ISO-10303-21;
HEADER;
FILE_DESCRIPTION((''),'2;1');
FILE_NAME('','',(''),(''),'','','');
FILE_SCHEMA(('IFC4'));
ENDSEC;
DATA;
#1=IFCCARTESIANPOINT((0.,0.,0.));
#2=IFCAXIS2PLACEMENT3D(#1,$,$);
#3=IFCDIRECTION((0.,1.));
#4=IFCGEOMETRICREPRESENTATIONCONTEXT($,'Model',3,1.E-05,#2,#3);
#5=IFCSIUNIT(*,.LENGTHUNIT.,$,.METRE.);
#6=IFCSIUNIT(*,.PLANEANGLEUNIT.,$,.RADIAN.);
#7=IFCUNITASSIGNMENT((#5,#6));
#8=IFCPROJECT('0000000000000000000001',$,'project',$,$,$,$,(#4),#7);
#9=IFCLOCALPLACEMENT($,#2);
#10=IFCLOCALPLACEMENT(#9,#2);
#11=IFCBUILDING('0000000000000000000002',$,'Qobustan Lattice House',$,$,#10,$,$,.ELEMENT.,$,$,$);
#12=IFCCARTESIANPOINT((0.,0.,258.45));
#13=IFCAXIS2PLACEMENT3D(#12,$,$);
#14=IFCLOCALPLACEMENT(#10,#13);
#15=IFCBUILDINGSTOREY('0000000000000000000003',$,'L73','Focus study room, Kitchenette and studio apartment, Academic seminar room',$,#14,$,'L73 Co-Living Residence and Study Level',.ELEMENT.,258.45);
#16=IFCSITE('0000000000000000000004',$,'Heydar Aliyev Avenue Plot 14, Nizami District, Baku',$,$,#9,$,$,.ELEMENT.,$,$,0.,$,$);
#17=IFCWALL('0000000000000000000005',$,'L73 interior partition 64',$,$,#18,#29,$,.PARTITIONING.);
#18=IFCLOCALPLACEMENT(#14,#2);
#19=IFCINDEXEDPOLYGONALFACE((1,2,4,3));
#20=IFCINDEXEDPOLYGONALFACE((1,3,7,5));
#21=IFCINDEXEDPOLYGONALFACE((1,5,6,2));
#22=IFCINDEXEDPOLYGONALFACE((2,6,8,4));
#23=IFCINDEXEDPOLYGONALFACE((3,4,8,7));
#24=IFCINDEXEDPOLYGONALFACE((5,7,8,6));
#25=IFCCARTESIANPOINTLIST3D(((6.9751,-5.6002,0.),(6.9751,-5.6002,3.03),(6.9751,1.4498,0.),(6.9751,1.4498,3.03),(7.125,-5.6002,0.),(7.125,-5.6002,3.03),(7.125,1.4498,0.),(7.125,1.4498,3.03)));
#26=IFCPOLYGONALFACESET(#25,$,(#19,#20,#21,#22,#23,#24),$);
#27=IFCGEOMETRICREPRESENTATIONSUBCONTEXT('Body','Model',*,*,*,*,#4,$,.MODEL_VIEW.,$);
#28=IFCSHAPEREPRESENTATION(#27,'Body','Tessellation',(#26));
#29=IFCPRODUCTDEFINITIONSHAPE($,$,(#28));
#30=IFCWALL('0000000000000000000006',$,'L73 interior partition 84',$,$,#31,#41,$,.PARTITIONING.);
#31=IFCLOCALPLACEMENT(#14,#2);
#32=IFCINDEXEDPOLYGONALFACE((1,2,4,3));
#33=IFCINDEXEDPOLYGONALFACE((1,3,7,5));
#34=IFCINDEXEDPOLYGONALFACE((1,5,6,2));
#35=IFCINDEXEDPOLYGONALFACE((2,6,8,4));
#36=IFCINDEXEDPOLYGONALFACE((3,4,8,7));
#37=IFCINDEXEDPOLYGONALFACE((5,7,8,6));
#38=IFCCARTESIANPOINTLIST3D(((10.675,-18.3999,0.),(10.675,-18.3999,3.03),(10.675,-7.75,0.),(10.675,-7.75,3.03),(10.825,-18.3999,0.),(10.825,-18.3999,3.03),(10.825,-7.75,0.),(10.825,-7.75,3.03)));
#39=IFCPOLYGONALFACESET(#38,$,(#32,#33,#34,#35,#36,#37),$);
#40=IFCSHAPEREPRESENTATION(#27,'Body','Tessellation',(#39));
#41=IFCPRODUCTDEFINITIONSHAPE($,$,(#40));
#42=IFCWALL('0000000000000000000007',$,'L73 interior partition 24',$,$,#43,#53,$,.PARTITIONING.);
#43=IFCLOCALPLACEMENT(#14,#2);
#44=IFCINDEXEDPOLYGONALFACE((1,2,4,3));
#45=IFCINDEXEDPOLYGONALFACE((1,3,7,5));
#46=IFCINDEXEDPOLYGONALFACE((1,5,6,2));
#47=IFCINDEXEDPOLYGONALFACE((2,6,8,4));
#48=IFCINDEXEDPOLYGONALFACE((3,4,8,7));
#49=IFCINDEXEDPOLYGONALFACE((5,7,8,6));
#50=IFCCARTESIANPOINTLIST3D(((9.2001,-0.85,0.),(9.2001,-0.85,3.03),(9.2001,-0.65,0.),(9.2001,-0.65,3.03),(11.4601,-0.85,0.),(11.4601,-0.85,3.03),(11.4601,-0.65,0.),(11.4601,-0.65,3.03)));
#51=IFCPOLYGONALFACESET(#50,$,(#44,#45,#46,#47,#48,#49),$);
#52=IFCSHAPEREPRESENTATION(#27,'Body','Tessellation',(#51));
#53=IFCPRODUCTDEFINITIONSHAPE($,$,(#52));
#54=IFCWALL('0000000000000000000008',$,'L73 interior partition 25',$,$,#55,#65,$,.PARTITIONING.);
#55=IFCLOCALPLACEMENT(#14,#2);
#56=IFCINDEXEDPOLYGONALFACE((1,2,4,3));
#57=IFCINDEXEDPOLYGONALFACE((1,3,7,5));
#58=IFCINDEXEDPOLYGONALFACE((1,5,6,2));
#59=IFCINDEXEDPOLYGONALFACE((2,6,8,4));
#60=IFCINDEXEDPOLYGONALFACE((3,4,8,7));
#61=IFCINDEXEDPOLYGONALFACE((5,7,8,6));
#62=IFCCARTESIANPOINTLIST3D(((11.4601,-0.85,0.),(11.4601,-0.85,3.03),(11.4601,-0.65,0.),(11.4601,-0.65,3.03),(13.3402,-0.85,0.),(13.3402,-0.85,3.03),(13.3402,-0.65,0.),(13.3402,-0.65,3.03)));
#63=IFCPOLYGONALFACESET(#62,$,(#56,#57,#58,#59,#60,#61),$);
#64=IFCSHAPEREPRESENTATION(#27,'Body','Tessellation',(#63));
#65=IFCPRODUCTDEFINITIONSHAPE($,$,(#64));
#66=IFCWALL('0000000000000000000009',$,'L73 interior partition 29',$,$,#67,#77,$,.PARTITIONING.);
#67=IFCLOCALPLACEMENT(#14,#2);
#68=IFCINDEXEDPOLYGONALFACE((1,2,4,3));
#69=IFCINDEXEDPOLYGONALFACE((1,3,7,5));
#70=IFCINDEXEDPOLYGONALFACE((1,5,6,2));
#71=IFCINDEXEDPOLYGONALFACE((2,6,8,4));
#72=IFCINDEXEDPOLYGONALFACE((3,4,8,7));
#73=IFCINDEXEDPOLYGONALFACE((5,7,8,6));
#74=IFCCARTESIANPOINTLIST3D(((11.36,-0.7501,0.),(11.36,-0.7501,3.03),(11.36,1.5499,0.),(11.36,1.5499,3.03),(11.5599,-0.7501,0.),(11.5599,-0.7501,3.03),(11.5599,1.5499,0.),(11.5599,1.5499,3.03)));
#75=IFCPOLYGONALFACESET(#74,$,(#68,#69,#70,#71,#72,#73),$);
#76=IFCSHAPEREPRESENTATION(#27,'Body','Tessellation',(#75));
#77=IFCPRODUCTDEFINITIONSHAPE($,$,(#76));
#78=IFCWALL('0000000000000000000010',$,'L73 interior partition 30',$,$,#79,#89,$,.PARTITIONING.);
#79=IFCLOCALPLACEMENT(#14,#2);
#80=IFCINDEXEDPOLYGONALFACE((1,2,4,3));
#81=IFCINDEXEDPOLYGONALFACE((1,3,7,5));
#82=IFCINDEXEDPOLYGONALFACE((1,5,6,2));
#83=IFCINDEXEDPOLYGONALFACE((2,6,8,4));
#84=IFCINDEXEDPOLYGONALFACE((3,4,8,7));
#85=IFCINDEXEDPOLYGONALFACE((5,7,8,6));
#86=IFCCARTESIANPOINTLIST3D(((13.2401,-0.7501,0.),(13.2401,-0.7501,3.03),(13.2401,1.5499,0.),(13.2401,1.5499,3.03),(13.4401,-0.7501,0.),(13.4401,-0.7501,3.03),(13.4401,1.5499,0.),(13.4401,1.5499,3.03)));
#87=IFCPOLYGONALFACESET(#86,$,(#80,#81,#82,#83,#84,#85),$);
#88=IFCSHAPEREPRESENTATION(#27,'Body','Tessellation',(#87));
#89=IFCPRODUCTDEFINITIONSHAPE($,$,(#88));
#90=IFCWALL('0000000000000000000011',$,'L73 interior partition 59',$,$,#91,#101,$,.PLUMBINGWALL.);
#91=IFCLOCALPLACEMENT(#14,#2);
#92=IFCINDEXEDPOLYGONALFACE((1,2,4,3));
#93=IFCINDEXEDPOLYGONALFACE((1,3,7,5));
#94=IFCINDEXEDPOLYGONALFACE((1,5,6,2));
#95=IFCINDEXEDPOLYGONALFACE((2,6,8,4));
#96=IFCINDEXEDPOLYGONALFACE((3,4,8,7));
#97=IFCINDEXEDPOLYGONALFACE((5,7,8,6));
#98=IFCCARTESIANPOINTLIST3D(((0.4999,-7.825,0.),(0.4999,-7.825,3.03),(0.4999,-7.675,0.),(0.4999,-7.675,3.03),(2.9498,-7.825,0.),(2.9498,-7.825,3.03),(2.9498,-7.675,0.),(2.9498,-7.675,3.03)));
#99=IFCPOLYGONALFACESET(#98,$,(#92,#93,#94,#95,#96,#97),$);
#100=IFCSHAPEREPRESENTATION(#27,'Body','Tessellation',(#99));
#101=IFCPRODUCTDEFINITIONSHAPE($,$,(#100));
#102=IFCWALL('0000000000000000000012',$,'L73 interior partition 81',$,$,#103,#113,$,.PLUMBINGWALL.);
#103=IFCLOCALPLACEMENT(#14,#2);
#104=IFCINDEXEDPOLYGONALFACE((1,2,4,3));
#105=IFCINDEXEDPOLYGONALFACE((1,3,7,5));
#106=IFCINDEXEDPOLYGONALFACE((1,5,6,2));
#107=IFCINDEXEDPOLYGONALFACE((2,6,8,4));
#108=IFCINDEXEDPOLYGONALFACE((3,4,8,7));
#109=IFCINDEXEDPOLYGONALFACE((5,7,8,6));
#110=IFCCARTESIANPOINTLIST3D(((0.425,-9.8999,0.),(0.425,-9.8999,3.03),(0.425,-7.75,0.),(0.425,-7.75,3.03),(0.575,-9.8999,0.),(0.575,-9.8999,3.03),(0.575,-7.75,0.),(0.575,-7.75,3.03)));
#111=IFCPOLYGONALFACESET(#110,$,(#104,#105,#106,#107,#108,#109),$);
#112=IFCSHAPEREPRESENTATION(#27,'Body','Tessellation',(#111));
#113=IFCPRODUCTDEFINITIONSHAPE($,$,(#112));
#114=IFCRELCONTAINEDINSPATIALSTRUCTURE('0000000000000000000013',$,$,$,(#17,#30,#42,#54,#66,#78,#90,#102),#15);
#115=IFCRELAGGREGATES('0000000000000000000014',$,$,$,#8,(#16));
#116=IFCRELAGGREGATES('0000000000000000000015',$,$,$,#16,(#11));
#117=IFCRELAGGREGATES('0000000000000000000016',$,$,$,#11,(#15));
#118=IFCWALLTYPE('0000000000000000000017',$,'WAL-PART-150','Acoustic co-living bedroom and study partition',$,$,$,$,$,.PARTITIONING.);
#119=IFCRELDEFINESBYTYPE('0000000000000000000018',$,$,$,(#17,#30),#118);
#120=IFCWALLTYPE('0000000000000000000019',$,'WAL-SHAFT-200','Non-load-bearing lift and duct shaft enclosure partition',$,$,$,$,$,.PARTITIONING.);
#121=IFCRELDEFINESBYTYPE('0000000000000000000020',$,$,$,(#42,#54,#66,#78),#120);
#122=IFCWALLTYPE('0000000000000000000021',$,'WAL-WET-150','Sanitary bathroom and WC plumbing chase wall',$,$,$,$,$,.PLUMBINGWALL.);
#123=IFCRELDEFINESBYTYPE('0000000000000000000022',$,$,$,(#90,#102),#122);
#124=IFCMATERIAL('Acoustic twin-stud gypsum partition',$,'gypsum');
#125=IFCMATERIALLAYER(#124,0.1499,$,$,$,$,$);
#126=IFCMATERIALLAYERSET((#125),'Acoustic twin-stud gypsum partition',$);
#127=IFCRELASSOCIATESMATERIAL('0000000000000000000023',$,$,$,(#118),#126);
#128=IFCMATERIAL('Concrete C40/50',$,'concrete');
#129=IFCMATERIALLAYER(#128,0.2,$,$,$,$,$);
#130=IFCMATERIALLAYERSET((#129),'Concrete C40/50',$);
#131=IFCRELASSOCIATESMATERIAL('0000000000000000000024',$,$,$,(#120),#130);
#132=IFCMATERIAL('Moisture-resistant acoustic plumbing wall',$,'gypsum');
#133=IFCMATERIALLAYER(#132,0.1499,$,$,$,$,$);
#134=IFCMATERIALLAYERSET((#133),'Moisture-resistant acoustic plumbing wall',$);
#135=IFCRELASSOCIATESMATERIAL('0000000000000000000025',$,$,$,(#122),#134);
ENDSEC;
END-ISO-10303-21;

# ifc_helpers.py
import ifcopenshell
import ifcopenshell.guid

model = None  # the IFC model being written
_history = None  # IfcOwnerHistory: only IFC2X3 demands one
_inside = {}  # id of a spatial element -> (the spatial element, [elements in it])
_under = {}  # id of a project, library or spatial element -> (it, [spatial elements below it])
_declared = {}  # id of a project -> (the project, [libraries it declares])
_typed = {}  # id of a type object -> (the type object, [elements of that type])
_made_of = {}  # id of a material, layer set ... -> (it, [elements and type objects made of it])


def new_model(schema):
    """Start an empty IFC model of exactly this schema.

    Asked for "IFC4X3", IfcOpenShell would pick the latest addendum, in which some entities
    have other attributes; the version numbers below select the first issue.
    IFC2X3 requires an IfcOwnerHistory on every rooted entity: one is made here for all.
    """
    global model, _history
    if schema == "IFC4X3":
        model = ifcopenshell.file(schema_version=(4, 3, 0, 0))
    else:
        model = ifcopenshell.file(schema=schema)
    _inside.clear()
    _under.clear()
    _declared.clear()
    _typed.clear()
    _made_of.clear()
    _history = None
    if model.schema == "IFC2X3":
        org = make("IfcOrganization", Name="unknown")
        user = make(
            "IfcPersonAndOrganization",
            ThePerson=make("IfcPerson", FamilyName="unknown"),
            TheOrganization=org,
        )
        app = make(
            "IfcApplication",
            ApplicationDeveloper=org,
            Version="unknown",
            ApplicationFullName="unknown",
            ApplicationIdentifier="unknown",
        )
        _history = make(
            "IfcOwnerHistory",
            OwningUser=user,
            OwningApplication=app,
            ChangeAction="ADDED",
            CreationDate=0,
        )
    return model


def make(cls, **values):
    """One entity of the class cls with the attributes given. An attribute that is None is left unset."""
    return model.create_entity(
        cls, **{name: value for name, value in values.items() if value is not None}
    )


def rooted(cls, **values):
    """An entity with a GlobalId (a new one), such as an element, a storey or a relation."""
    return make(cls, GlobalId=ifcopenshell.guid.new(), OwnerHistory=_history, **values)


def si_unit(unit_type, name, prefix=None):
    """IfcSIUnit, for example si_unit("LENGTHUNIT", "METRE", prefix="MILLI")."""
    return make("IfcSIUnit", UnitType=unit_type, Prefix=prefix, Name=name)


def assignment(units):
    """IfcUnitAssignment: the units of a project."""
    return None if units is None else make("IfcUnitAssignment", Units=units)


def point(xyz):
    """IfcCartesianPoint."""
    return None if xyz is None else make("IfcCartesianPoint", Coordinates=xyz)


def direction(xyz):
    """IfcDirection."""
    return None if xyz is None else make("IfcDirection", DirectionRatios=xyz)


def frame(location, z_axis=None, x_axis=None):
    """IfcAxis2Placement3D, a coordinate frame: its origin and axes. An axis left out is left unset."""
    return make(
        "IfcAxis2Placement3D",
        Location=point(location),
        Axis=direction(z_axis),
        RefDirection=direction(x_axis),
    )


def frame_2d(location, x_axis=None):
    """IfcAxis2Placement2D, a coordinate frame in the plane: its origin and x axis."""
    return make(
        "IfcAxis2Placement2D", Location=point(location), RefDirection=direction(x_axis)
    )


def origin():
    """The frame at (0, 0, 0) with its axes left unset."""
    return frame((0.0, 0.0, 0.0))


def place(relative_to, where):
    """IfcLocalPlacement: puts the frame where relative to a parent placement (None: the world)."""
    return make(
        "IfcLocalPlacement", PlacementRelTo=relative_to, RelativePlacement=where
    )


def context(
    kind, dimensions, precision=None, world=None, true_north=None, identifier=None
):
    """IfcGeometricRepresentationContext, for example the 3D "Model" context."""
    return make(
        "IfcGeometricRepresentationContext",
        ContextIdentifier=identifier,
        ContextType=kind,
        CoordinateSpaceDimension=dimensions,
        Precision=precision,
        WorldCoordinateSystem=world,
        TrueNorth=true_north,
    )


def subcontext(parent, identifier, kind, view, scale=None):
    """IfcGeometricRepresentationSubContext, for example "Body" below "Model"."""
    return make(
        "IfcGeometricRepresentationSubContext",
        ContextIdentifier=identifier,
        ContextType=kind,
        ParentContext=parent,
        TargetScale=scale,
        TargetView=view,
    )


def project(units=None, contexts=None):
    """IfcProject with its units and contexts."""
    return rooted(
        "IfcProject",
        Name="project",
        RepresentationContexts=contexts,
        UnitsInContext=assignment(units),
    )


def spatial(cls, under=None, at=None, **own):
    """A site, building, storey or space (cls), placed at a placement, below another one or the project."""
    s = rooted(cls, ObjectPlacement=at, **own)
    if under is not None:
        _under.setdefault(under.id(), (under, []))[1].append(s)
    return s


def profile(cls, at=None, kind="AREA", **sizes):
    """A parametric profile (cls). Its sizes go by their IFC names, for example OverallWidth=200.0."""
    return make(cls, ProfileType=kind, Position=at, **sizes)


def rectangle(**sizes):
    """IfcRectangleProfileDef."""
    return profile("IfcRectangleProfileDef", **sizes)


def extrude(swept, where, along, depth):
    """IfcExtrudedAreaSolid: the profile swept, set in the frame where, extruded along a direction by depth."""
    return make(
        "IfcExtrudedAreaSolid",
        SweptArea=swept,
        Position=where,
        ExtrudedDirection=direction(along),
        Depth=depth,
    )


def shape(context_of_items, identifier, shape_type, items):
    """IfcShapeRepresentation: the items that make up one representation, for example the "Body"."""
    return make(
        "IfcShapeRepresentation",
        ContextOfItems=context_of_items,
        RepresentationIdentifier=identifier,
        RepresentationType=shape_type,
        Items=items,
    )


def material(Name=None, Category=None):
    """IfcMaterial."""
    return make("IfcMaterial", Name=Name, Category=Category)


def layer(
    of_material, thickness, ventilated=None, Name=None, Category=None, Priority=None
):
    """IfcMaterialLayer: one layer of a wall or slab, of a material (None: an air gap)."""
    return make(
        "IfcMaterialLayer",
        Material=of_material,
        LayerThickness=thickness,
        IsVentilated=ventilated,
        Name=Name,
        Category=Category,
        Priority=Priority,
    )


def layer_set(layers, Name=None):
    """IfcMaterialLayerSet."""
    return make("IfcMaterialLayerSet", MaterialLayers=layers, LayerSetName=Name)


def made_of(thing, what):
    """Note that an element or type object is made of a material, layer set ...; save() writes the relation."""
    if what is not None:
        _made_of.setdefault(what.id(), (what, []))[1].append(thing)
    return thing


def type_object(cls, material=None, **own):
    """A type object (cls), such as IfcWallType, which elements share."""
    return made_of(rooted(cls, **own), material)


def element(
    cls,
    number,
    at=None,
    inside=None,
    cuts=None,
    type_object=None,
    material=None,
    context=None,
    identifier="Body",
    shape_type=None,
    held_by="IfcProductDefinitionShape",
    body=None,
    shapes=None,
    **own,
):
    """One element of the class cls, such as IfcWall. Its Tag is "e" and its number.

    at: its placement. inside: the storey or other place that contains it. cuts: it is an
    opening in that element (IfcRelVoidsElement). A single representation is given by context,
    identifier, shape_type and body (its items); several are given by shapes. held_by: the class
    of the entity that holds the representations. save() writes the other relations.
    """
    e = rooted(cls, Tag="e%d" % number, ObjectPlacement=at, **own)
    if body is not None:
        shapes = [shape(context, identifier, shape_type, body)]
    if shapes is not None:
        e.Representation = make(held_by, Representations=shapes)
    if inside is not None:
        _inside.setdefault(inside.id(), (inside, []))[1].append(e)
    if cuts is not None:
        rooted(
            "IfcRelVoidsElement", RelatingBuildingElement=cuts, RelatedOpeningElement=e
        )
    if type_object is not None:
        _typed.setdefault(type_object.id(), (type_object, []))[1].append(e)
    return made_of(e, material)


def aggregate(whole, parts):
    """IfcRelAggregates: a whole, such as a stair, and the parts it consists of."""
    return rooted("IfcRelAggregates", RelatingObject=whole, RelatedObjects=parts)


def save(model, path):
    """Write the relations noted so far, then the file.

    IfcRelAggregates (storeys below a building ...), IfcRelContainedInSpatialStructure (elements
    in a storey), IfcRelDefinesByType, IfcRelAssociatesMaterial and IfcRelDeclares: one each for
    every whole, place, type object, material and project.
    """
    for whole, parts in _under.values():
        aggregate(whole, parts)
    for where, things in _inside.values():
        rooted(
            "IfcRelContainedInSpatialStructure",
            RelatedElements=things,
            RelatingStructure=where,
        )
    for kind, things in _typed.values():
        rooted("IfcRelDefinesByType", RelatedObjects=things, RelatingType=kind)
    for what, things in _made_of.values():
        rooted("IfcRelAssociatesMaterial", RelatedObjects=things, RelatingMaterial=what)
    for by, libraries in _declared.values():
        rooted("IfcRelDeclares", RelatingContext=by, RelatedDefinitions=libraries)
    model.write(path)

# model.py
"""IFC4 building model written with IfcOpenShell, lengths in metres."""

from ifc_helpers import new_model, si_unit, direction, frame, frame_2d, origin, place, context, subcontext, project, spatial, rectangle, extrude, material, layer, layer_set, type_object, element, save


model = new_model("IFC4")

# Units and contexts
model_context = context("Model", 3, precision=1e-05, world=origin(), true_north=direction((0.0, 1.0)))
body_context = subcontext(model_context, "Body", "Model", "MODEL_VIEW")
ifc_project = project(units=[si_unit("LENGTHUNIT", "METRE"), si_unit("PLANEANGLEUNIT", "RADIAN")], contexts=[model_context])

# Site, building, storey
site_placement = place(None, origin())
site = spatial("IfcSite", under=ifc_project, at=site_placement, Name="Heydar Aliyev Avenue Plot 14, Nizami District, Baku", CompositionType="ELEMENT", RefElevation=0.0)
building_placement = place(site_placement, origin())
building = spatial("IfcBuilding", under=site, at=building_placement, Name="Qobustan Lattice House", CompositionType="ELEMENT")
storey_placement = place(building_placement, frame((0.0, 0.0, 258.45)))
storey = spatial("IfcBuildingStorey", under=building, at=storey_placement, Name="L73", Description="Focus study room, Kitchenette and studio apartment, Academic seminar room", LongName="L73 Co-Living Residence and Study Level", CompositionType="ELEMENT", Elevation=258.45)

# Walls
ifc_material_1 = material(Name="Acoustic twin-stud gypsum partition", Category="gypsum")
ifc_layer_1 = layer(ifc_material_1, 0.1499)
ifc_layer_set_1 = layer_set([ifc_layer_1], Name="Acoustic twin-stud gypsum partition")
wall_type_1 = type_object("IfcWallType", Name="WAL-PART-150", Description="Acoustic co-living bedroom and study partition", PredefinedType="PARTITIONING", material=ifc_layer_set_1)
wall_1_placement = place(storey_placement, frame((7.05, -5.6001, 0.0), z_axis=(0.0, 0.0, 1.0), x_axis=(0.0, 1.0, 0.0)))
element("IfcWall", 1, at=wall_1_placement, inside=storey, type_object=wall_type_1, Name="L73 interior partition 64", PredefinedType="PARTITIONING", context=body_context, shape_type="SweptSolid", body=[
    extrude(rectangle(XDim=7.05, YDim=0.1499, at=frame_2d((3.5249, 0.0))), origin(), (0.0, 0.0, 1.0), 3.03),
])
wall_2_placement = place(storey_placement, frame((10.75, -7.75, 0.0), z_axis=(0.0, 0.0, 1.0), x_axis=(0.0, -1.0, 0.0)))
element("IfcWall", 2, at=wall_2_placement, inside=storey, type_object=wall_type_1, Name="L73 interior partition 84", PredefinedType="PARTITIONING", context=body_context, shape_type="SweptSolid", body=[
    extrude(rectangle(XDim=10.6499, YDim=0.1499, at=frame_2d((5.325, 0.0))), origin(), (0.0, 0.0, 1.0), 3.03),
])
ifc_material_2 = material(Name="Concrete C40/50", Category="concrete")
ifc_layer_2 = layer(ifc_material_2, 0.2)
ifc_layer_set_2 = layer_set([ifc_layer_2], Name="Concrete C40/50")
wall_type_2 = type_object("IfcWallType", Name="WAL-SHAFT-200", Description="Non-load-bearing lift and duct shaft enclosure partition", PredefinedType="PARTITIONING", material=ifc_layer_set_2)
wall_3_placement = place(storey_placement, frame((11.46, -0.75, 0.0), z_axis=(0.0, 0.0, 1.0), x_axis=(-1.0, 0.0, 0.0)))
element("IfcWall", 3, at=wall_3_placement, inside=storey, type_object=wall_type_2, Name="L73 interior partition 24", PredefinedType="PARTITIONING", context=body_context, shape_type="SweptSolid", body=[
    extrude(rectangle(XDim=2.26, YDim=0.2, at=frame_2d((1.1299, 0.0))), origin(), (0.0, 0.0, 1.0), 3.03),
])
wall_4_placement = place(storey_placement, frame((13.3401, -0.75, 0.0), z_axis=(0.0, 0.0, 1.0), x_axis=(-1.0, 0.0, 0.0)))
element("IfcWall", 4, at=wall_4_placement, inside=storey, type_object=wall_type_2, Name="L73 interior partition 25", PredefinedType="PARTITIONING", context=body_context, shape_type="SweptSolid", body=[
    extrude(rectangle(XDim=1.8801, YDim=0.2, at=frame_2d((0.9399, 0.0))), origin(), (0.0, 0.0, 1.0), 3.03),
])
for number, where, z_axis, x_axis, name in (
    (5, (11.46, -0.75, 0.0), (0.0, 0.0, 1.0), (0.0, 1.0, 0.0), "L73 interior partition 29"),
    (6, (13.3401, -0.75, 0.0), (0.0, 0.0, 1.0), (0.0, 1.0, 0.0), "L73 interior partition 30"),
):
    element("IfcWall", number, at=place(storey_placement, frame(where, z_axis=z_axis, x_axis=x_axis)), inside=storey, type_object=wall_type_2, Name=name, PredefinedType="PARTITIONING", context=body_context, shape_type="SweptSolid", body=[
        extrude(rectangle(XDim=2.3, YDim=0.2, at=frame_2d((1.1499, 0.0))), origin(), (0.0, 0.0, 1.0), 3.03),
    ])
ifc_material_3 = material(Name="Moisture-resistant acoustic plumbing wall", Category="gypsum")
ifc_layer_3 = layer(ifc_material_3, 0.1499)
ifc_layer_set_3 = layer_set([ifc_layer_3], Name="Moisture-resistant acoustic plumbing wall")
wall_type_3 = type_object("IfcWallType", Name="WAL-WET-150", Description="Sanitary bathroom and WC plumbing chase wall", PredefinedType="PLUMBINGWALL", material=ifc_layer_set_3)
wall_5_placement = place(storey_placement, frame((2.95, -7.75, 0.0), z_axis=(0.0, 0.0, 1.0), x_axis=(-1.0, 0.0, 0.0)))
element("IfcWall", 7, at=wall_5_placement, inside=storey, type_object=wall_type_3, Name="L73 interior partition 59", PredefinedType="PLUMBINGWALL", context=body_context, shape_type="SweptSolid", body=[
    extrude(rectangle(XDim=2.45, YDim=0.1499, at=frame_2d((1.2251, 0.0))), origin(), (0.0, 0.0, 1.0), 3.03),
])
wall_6_placement = place(storey_placement, frame((0.5, -7.75, 0.0), z_axis=(0.0, 0.0, 1.0), x_axis=(0.0, -1.0, 0.0)))
element("IfcWall", 8, at=wall_6_placement, inside=storey, type_object=wall_type_3, Name="L73 interior partition 81", PredefinedType="PLUMBINGWALL", context=body_context, shape_type="SweptSolid", body=[
    extrude(rectangle(XDim=2.1499, YDim=0.1499, at=frame_2d((1.075, 0.0))), origin(), (0.0, 0.0, 1.0), 3.03),
])

save(model, "model.ifc")
